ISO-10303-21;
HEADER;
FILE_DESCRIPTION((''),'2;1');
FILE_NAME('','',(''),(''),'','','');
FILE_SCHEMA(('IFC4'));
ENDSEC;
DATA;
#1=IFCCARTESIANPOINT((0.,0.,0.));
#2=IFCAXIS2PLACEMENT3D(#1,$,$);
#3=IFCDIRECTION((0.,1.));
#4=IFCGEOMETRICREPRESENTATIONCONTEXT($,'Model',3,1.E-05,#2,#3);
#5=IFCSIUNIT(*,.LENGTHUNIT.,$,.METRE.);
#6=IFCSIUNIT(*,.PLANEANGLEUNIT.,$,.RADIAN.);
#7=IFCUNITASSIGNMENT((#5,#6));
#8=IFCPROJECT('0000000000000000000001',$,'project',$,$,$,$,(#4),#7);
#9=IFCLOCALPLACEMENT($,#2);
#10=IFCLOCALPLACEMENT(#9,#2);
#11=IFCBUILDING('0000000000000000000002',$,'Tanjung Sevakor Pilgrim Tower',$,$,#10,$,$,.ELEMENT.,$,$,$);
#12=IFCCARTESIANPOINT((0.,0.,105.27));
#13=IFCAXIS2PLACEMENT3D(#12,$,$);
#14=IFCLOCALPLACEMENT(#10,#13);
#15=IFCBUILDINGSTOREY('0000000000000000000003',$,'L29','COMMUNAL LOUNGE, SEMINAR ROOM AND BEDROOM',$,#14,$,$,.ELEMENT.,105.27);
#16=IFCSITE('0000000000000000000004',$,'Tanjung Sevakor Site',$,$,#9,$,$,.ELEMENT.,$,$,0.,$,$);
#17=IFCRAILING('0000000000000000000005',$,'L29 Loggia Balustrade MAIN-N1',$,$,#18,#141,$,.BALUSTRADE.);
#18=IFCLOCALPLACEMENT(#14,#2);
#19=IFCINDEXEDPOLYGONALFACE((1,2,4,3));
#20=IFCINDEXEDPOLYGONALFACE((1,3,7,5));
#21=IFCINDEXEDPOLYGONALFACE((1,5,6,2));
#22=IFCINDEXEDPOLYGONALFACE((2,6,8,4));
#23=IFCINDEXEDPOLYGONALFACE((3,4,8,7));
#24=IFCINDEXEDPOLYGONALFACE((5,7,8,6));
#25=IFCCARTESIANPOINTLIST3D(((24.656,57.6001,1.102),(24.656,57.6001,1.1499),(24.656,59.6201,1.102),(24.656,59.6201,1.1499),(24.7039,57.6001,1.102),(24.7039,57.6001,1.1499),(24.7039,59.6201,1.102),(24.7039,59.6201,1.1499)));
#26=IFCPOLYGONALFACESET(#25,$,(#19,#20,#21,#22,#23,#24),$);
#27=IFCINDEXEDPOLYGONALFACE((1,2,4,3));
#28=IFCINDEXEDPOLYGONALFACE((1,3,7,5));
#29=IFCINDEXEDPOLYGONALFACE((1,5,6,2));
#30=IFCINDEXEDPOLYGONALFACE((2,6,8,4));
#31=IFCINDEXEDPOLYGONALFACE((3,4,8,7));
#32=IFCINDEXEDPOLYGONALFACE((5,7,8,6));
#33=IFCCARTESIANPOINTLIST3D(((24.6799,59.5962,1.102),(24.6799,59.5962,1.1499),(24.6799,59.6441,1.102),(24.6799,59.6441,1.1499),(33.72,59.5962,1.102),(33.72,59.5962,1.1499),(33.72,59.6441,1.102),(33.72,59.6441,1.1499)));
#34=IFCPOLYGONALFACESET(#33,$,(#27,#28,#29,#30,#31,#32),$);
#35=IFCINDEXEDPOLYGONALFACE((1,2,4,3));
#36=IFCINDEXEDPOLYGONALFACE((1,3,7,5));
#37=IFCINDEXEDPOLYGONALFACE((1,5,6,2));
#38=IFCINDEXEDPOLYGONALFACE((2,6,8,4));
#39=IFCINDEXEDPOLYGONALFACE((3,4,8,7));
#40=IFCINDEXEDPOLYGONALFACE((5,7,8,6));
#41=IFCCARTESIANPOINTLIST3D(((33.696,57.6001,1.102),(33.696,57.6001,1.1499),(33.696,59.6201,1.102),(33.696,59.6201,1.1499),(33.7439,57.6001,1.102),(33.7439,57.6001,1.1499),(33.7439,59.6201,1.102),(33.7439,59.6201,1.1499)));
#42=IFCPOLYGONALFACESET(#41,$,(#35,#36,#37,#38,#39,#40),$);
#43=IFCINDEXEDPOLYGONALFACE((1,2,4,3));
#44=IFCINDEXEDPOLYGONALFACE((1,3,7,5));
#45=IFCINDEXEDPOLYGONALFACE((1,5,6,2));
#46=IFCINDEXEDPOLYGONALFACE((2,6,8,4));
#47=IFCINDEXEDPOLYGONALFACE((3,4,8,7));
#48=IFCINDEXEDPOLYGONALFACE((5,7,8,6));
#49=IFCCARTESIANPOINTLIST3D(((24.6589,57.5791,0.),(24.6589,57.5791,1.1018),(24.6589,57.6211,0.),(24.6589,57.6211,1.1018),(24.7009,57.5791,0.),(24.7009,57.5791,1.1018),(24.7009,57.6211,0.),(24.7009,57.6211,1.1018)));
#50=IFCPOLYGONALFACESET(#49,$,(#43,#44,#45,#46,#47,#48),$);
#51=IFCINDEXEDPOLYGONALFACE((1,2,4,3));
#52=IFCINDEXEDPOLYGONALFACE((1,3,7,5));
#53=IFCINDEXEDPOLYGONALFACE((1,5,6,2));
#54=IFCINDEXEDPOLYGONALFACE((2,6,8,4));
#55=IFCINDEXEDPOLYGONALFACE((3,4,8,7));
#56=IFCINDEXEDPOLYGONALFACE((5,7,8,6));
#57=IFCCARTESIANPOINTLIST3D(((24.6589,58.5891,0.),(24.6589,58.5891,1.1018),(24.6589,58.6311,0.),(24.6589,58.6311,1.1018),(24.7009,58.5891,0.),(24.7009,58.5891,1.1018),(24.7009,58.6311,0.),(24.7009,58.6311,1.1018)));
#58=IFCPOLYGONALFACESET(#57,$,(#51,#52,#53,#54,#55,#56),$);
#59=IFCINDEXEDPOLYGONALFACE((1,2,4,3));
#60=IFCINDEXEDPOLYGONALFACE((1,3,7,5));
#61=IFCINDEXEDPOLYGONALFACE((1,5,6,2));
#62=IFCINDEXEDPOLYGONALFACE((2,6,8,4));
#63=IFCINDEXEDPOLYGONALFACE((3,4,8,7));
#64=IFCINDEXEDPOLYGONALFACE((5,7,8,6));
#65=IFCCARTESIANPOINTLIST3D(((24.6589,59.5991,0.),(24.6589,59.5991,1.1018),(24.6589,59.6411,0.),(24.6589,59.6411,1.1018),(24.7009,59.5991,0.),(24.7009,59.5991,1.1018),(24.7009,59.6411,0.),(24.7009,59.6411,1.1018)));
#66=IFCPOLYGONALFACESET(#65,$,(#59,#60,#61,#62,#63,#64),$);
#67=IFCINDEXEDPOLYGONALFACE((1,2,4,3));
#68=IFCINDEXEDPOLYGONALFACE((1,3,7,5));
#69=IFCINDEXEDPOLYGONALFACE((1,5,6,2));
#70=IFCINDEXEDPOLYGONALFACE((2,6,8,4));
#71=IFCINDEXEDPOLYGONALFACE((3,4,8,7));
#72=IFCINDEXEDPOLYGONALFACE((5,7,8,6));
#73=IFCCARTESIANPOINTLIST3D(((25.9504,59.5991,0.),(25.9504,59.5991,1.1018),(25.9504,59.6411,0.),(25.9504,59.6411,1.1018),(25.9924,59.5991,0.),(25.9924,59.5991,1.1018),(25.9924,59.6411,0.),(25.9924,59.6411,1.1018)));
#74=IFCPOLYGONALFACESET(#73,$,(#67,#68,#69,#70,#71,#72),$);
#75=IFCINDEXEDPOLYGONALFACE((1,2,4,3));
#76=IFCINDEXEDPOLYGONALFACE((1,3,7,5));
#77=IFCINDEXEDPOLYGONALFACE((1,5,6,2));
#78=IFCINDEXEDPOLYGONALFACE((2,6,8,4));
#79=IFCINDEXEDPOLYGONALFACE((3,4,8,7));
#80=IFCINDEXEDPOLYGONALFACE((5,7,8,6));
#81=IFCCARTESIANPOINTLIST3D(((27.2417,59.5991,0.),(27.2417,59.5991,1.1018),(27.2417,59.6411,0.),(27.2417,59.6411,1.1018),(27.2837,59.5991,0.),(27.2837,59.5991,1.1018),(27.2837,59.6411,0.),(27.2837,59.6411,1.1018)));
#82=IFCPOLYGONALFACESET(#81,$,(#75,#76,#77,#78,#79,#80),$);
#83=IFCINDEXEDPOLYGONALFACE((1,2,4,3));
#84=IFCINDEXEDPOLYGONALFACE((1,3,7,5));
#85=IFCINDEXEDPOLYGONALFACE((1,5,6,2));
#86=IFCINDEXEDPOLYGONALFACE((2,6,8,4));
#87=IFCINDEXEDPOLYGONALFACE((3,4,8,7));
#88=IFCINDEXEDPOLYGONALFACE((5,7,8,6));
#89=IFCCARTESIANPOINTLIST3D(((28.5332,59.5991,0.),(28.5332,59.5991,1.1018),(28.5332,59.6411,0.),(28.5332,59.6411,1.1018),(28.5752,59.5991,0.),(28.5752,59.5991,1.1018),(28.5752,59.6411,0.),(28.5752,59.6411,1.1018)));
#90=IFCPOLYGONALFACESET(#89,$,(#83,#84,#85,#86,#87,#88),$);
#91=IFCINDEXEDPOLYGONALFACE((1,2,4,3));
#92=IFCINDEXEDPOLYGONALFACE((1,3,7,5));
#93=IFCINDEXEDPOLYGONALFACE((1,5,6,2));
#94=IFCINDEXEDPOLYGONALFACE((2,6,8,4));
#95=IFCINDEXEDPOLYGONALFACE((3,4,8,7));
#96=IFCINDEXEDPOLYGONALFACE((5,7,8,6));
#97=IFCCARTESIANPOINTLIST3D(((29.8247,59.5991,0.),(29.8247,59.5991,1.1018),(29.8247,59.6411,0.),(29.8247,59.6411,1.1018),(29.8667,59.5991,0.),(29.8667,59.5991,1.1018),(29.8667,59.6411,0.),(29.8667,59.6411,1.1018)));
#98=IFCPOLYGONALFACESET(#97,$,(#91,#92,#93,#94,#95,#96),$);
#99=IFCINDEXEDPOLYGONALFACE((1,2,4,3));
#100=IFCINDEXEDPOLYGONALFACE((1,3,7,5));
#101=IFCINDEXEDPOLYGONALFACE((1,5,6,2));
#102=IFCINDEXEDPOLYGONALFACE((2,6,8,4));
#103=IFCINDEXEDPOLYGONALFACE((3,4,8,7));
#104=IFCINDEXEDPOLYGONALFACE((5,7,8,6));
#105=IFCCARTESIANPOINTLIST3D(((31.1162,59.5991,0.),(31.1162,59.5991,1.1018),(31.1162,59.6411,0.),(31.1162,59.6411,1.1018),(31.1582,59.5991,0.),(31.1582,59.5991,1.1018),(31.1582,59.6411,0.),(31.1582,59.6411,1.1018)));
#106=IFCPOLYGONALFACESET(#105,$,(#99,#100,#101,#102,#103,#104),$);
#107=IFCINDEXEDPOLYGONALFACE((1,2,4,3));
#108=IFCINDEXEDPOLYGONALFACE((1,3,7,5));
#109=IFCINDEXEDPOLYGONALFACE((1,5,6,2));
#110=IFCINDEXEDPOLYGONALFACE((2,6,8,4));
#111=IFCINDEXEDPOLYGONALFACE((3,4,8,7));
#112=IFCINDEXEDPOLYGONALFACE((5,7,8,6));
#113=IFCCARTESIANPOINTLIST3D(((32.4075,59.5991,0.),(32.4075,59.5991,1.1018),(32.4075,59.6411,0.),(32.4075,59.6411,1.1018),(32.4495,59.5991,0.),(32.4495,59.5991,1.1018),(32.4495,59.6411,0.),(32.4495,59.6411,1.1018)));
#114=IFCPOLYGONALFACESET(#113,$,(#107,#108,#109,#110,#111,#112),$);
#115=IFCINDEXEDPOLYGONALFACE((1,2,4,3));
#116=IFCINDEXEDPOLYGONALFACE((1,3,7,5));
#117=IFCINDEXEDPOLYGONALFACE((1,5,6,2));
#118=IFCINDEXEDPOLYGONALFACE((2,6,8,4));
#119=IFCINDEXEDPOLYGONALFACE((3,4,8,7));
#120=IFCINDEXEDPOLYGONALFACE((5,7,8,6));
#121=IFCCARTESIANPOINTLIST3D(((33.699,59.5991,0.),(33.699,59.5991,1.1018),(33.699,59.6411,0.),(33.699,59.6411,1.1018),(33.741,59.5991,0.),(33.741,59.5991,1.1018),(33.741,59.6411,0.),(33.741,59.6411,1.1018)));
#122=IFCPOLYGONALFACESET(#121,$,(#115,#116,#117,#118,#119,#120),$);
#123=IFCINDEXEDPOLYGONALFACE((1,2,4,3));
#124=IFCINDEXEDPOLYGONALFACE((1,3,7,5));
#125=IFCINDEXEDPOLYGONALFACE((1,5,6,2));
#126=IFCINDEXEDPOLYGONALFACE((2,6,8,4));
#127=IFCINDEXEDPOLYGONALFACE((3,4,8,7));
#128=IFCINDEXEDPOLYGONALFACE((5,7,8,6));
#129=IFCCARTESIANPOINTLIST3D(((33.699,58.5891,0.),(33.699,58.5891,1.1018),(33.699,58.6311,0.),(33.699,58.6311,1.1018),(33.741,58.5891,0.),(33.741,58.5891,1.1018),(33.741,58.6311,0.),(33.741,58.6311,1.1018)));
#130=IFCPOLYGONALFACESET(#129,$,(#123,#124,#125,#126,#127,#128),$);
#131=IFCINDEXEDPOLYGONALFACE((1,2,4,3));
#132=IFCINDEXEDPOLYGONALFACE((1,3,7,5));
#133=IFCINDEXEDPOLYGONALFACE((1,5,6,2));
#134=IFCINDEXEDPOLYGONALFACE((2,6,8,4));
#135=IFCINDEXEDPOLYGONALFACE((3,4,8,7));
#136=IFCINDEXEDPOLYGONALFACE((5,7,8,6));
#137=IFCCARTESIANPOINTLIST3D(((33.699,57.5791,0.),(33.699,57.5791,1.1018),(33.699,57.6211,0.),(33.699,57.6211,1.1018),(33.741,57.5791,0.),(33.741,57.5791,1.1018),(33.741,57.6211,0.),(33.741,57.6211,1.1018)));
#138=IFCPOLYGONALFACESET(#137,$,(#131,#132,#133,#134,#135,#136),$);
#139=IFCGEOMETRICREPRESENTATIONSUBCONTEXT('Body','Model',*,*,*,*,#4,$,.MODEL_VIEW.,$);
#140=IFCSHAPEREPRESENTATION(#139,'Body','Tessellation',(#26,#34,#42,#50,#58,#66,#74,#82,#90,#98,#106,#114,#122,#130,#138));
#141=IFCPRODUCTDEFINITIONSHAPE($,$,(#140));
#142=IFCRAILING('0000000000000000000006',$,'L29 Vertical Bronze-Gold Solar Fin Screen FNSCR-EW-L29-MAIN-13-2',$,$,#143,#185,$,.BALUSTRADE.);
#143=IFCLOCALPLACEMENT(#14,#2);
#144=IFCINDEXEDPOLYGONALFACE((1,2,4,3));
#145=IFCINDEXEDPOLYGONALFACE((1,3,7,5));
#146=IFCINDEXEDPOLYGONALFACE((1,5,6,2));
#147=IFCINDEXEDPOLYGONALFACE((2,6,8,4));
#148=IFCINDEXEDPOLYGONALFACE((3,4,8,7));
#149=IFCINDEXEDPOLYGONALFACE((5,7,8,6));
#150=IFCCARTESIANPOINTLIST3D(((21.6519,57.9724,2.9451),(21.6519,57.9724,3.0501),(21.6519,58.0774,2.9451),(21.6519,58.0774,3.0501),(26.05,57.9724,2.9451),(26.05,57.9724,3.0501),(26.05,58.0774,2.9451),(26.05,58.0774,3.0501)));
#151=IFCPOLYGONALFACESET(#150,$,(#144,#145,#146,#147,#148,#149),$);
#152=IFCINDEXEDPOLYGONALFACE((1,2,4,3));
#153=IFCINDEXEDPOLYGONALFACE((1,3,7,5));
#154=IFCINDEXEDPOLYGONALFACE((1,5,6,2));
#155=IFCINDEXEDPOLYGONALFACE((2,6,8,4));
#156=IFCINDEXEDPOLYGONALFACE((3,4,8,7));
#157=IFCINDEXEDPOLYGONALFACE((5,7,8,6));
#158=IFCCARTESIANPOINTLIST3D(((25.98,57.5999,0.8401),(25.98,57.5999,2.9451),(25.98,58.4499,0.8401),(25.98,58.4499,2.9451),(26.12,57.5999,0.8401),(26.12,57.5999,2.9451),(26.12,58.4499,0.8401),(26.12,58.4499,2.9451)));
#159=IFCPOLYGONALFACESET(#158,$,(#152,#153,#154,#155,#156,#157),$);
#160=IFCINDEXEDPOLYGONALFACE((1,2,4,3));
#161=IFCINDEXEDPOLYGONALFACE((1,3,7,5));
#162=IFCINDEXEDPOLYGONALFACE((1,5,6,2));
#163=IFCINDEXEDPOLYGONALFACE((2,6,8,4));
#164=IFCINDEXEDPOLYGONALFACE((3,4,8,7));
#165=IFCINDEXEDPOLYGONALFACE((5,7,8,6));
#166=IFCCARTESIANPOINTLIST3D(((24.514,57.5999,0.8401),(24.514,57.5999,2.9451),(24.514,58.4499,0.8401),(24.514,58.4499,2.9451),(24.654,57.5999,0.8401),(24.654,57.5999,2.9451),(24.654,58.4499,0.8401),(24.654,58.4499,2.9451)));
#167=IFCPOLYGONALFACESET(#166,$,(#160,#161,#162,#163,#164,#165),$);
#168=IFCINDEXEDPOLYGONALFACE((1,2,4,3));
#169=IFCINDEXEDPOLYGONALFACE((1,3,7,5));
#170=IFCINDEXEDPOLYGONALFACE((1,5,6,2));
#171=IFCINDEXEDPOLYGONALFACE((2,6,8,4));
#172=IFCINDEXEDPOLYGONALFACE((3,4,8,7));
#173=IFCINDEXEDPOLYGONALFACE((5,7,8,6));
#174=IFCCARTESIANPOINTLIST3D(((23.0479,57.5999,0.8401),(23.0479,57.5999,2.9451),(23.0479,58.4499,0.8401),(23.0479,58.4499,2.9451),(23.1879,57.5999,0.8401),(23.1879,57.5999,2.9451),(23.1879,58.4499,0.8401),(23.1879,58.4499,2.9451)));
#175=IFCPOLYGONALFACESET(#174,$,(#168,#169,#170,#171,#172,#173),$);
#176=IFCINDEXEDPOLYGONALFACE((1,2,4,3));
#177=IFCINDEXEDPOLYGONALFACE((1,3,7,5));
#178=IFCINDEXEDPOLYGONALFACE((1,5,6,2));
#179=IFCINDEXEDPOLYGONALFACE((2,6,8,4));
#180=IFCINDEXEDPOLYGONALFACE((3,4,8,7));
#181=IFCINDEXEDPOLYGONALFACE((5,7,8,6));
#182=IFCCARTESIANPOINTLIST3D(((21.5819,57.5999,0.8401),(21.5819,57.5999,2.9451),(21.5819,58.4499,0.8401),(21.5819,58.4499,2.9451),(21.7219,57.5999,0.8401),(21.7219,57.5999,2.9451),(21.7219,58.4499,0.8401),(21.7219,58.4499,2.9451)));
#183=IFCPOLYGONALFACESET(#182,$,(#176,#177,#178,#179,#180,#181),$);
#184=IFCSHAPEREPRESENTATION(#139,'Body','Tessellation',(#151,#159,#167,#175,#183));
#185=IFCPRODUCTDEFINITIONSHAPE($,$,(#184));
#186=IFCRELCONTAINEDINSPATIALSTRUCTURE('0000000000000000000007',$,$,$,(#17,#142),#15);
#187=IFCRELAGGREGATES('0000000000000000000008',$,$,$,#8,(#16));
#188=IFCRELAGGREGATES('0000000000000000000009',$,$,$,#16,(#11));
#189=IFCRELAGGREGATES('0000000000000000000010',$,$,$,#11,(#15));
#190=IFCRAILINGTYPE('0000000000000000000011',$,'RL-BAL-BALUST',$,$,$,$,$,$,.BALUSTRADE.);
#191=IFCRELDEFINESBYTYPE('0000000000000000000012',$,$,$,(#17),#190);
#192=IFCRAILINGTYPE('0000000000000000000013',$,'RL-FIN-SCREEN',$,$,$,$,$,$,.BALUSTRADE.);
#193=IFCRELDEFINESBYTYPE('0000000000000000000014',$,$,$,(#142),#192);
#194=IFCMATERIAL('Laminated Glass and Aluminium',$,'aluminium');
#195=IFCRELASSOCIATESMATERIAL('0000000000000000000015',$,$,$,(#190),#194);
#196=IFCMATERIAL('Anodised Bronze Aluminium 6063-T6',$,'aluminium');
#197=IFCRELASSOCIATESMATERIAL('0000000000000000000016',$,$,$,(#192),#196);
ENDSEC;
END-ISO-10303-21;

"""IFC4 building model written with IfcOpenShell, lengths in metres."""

from ifc_helpers import new_model, si_unit, direction, frame, origin, place, context, subcontext, project, spatial, rectangle, extrude, material, type_object, element, save


model = new_model("IFC4")

# Units and contexts
model_context = context("Model", 3, precision=1e-05, world=origin(), true_north=direction((0.0, 1.0)))
body_context = subcontext(model_context, "Body", "Model", "MODEL_VIEW")
ifc_project = project(units=[si_unit("LENGTHUNIT", "METRE"), si_unit("PLANEANGLEUNIT", "RADIAN")], contexts=[model_context])

# Site, building, storey
site_placement = place(None, origin())
site = spatial("IfcSite", under=ifc_project, at=site_placement, Name="Tanjung Sevakor Site", CompositionType="ELEMENT", RefElevation=0.0)
building_placement = place(site_placement, origin())
building = spatial("IfcBuilding", under=site, at=building_placement, Name="Tanjung Sevakor Pilgrim Tower", CompositionType="ELEMENT")
storey_placement = place(building_placement, frame((0.0, 0.0, 105.27)))
storey = spatial("IfcBuildingStorey", under=building, at=storey_placement, Name="L29", Description="COMMUNAL LOUNGE, SEMINAR ROOM AND BEDROOM", CompositionType="ELEMENT", Elevation=105.27)

# Railings
ifc_material_1 = material(Name="Laminated Glass and Aluminium", Category="aluminium")
railing_type_1 = type_object("IfcRailingType", Name="RL-BAL-BALUST", PredefinedType="BALUSTRADE", material=ifc_material_1)
railing_1_placement = place(storey_placement, frame((24.6799, 57.6001, 0.0)))
element("IfcRailing", 1, at=railing_1_placement, inside=storey, type_object=railing_type_1, Name="L29 Loggia Balustrade MAIN-N1", PredefinedType="BALUSTRADE", context=body_context, shape_type="SweptSolid", body=[
    extrude(rectangle(XDim=0.0479, YDim=0.0479), frame((0.0, 0.0, 1.126), z_axis=(0.0, 1.0, 0.0), x_axis=(-1.0, 0.0, 0.0)), (0.0, 0.0, 1.0), 2.02),
    extrude(rectangle(XDim=0.0479, YDim=0.0479), frame((0.0, 2.02, 1.126), z_axis=(1.0, 0.0, 0.0), x_axis=(0.0, 1.0, 0.0)), (0.0, 0.0, 1.0), 9.04),
    extrude(rectangle(XDim=0.0479, YDim=0.0479), frame((9.04, 2.02, 1.126), z_axis=(0.0, -1.0, 0.0), x_axis=(1.0, 0.0, 0.0)), (0.0, 0.0, 1.0), 2.02),
    extrude(rectangle(XDim=0.042, YDim=0.042), origin(), (0.0, 0.0, 1.0), 1.1018),
    extrude(rectangle(XDim=0.042, YDim=0.042), frame((0.0, 1.01, 0.0)), (0.0, 0.0, 1.0), 1.1018),
    extrude(rectangle(XDim=0.042, YDim=0.042), frame((0.0, 2.02, 0.0)), (0.0, 0.0, 1.0), 1.1018),
    extrude(rectangle(XDim=0.042, YDim=0.042), frame((1.2915, 2.02, 0.0)), (0.0, 0.0, 1.0), 1.1018),
    extrude(rectangle(XDim=0.042, YDim=0.042), frame((2.5828, 2.02, 0.0)), (0.0, 0.0, 1.0), 1.1018),
    extrude(rectangle(XDim=0.042, YDim=0.042), frame((3.8743, 2.02, 0.0)), (0.0, 0.0, 1.0), 1.1018),
    extrude(rectangle(XDim=0.042, YDim=0.042), frame((5.1658, 2.02, 0.0)), (0.0, 0.0, 1.0), 1.1018),
    extrude(rectangle(XDim=0.042, YDim=0.042), frame((6.4573, 2.02, 0.0)), (0.0, 0.0, 1.0), 1.1018),
    extrude(rectangle(XDim=0.042, YDim=0.042), frame((7.7485, 2.02, 0.0)), (0.0, 0.0, 1.0), 1.1018),
    extrude(rectangle(XDim=0.042, YDim=0.042), frame((9.04, 2.02, 0.0)), (0.0, 0.0, 1.0), 1.1018),
    extrude(rectangle(XDim=0.042, YDim=0.042), frame((9.04, 1.01, 0.0)), (0.0, 0.0, 1.0), 1.1018),
    extrude(rectangle(XDim=0.042, YDim=0.042), frame((9.04, 0.0, 0.0)), (0.0, 0.0, 1.0), 1.1018),
])
ifc_material_2 = material(Name="Anodised Bronze Aluminium 6063-T6", Category="aluminium")
railing_type_2 = type_object("IfcRailingType", Name="RL-FIN-SCREEN", PredefinedType="BALUSTRADE", material=ifc_material_2)
railing_2_placement = place(storey_placement, frame((26.05, 58.0249, 0.8401)))
element("IfcRailing", 2, at=railing_2_placement, inside=storey, type_object=railing_type_2, Name="L29 Vertical Bronze-Gold Solar Fin Screen FNSCR-EW-L29-MAIN-13-2", PredefinedType="BALUSTRADE", context=body_context, shape_type="SweptSolid", body=[
    extrude(rectangle(XDim=0.105, YDim=0.105), frame((0.0, 0.0, 2.1575), z_axis=(-1.0, 0.0, 0.0), x_axis=(0.0, -1.0, 0.0)), (0.0, 0.0, 1.0), 4.3982),
    extrude(rectangle(XDim=0.14, YDim=0.85), origin(), (0.0, 0.0, 1.0), 2.105),
    extrude(rectangle(XDim=0.14, YDim=0.85), frame((-1.4661, 0.0, 0.0)), (0.0, 0.0, 1.0), 2.105),
    extrude(rectangle(XDim=0.14, YDim=0.85), frame((-2.9321, 0.0, 0.0)), (0.0, 0.0, 1.0), 2.105),
    extrude(rectangle(XDim=0.14, YDim=0.85), frame((-4.3982, 0.0, 0.0)), (0.0, 0.0, 1.0), 2.105),
])

save(model, "model.ifc")
